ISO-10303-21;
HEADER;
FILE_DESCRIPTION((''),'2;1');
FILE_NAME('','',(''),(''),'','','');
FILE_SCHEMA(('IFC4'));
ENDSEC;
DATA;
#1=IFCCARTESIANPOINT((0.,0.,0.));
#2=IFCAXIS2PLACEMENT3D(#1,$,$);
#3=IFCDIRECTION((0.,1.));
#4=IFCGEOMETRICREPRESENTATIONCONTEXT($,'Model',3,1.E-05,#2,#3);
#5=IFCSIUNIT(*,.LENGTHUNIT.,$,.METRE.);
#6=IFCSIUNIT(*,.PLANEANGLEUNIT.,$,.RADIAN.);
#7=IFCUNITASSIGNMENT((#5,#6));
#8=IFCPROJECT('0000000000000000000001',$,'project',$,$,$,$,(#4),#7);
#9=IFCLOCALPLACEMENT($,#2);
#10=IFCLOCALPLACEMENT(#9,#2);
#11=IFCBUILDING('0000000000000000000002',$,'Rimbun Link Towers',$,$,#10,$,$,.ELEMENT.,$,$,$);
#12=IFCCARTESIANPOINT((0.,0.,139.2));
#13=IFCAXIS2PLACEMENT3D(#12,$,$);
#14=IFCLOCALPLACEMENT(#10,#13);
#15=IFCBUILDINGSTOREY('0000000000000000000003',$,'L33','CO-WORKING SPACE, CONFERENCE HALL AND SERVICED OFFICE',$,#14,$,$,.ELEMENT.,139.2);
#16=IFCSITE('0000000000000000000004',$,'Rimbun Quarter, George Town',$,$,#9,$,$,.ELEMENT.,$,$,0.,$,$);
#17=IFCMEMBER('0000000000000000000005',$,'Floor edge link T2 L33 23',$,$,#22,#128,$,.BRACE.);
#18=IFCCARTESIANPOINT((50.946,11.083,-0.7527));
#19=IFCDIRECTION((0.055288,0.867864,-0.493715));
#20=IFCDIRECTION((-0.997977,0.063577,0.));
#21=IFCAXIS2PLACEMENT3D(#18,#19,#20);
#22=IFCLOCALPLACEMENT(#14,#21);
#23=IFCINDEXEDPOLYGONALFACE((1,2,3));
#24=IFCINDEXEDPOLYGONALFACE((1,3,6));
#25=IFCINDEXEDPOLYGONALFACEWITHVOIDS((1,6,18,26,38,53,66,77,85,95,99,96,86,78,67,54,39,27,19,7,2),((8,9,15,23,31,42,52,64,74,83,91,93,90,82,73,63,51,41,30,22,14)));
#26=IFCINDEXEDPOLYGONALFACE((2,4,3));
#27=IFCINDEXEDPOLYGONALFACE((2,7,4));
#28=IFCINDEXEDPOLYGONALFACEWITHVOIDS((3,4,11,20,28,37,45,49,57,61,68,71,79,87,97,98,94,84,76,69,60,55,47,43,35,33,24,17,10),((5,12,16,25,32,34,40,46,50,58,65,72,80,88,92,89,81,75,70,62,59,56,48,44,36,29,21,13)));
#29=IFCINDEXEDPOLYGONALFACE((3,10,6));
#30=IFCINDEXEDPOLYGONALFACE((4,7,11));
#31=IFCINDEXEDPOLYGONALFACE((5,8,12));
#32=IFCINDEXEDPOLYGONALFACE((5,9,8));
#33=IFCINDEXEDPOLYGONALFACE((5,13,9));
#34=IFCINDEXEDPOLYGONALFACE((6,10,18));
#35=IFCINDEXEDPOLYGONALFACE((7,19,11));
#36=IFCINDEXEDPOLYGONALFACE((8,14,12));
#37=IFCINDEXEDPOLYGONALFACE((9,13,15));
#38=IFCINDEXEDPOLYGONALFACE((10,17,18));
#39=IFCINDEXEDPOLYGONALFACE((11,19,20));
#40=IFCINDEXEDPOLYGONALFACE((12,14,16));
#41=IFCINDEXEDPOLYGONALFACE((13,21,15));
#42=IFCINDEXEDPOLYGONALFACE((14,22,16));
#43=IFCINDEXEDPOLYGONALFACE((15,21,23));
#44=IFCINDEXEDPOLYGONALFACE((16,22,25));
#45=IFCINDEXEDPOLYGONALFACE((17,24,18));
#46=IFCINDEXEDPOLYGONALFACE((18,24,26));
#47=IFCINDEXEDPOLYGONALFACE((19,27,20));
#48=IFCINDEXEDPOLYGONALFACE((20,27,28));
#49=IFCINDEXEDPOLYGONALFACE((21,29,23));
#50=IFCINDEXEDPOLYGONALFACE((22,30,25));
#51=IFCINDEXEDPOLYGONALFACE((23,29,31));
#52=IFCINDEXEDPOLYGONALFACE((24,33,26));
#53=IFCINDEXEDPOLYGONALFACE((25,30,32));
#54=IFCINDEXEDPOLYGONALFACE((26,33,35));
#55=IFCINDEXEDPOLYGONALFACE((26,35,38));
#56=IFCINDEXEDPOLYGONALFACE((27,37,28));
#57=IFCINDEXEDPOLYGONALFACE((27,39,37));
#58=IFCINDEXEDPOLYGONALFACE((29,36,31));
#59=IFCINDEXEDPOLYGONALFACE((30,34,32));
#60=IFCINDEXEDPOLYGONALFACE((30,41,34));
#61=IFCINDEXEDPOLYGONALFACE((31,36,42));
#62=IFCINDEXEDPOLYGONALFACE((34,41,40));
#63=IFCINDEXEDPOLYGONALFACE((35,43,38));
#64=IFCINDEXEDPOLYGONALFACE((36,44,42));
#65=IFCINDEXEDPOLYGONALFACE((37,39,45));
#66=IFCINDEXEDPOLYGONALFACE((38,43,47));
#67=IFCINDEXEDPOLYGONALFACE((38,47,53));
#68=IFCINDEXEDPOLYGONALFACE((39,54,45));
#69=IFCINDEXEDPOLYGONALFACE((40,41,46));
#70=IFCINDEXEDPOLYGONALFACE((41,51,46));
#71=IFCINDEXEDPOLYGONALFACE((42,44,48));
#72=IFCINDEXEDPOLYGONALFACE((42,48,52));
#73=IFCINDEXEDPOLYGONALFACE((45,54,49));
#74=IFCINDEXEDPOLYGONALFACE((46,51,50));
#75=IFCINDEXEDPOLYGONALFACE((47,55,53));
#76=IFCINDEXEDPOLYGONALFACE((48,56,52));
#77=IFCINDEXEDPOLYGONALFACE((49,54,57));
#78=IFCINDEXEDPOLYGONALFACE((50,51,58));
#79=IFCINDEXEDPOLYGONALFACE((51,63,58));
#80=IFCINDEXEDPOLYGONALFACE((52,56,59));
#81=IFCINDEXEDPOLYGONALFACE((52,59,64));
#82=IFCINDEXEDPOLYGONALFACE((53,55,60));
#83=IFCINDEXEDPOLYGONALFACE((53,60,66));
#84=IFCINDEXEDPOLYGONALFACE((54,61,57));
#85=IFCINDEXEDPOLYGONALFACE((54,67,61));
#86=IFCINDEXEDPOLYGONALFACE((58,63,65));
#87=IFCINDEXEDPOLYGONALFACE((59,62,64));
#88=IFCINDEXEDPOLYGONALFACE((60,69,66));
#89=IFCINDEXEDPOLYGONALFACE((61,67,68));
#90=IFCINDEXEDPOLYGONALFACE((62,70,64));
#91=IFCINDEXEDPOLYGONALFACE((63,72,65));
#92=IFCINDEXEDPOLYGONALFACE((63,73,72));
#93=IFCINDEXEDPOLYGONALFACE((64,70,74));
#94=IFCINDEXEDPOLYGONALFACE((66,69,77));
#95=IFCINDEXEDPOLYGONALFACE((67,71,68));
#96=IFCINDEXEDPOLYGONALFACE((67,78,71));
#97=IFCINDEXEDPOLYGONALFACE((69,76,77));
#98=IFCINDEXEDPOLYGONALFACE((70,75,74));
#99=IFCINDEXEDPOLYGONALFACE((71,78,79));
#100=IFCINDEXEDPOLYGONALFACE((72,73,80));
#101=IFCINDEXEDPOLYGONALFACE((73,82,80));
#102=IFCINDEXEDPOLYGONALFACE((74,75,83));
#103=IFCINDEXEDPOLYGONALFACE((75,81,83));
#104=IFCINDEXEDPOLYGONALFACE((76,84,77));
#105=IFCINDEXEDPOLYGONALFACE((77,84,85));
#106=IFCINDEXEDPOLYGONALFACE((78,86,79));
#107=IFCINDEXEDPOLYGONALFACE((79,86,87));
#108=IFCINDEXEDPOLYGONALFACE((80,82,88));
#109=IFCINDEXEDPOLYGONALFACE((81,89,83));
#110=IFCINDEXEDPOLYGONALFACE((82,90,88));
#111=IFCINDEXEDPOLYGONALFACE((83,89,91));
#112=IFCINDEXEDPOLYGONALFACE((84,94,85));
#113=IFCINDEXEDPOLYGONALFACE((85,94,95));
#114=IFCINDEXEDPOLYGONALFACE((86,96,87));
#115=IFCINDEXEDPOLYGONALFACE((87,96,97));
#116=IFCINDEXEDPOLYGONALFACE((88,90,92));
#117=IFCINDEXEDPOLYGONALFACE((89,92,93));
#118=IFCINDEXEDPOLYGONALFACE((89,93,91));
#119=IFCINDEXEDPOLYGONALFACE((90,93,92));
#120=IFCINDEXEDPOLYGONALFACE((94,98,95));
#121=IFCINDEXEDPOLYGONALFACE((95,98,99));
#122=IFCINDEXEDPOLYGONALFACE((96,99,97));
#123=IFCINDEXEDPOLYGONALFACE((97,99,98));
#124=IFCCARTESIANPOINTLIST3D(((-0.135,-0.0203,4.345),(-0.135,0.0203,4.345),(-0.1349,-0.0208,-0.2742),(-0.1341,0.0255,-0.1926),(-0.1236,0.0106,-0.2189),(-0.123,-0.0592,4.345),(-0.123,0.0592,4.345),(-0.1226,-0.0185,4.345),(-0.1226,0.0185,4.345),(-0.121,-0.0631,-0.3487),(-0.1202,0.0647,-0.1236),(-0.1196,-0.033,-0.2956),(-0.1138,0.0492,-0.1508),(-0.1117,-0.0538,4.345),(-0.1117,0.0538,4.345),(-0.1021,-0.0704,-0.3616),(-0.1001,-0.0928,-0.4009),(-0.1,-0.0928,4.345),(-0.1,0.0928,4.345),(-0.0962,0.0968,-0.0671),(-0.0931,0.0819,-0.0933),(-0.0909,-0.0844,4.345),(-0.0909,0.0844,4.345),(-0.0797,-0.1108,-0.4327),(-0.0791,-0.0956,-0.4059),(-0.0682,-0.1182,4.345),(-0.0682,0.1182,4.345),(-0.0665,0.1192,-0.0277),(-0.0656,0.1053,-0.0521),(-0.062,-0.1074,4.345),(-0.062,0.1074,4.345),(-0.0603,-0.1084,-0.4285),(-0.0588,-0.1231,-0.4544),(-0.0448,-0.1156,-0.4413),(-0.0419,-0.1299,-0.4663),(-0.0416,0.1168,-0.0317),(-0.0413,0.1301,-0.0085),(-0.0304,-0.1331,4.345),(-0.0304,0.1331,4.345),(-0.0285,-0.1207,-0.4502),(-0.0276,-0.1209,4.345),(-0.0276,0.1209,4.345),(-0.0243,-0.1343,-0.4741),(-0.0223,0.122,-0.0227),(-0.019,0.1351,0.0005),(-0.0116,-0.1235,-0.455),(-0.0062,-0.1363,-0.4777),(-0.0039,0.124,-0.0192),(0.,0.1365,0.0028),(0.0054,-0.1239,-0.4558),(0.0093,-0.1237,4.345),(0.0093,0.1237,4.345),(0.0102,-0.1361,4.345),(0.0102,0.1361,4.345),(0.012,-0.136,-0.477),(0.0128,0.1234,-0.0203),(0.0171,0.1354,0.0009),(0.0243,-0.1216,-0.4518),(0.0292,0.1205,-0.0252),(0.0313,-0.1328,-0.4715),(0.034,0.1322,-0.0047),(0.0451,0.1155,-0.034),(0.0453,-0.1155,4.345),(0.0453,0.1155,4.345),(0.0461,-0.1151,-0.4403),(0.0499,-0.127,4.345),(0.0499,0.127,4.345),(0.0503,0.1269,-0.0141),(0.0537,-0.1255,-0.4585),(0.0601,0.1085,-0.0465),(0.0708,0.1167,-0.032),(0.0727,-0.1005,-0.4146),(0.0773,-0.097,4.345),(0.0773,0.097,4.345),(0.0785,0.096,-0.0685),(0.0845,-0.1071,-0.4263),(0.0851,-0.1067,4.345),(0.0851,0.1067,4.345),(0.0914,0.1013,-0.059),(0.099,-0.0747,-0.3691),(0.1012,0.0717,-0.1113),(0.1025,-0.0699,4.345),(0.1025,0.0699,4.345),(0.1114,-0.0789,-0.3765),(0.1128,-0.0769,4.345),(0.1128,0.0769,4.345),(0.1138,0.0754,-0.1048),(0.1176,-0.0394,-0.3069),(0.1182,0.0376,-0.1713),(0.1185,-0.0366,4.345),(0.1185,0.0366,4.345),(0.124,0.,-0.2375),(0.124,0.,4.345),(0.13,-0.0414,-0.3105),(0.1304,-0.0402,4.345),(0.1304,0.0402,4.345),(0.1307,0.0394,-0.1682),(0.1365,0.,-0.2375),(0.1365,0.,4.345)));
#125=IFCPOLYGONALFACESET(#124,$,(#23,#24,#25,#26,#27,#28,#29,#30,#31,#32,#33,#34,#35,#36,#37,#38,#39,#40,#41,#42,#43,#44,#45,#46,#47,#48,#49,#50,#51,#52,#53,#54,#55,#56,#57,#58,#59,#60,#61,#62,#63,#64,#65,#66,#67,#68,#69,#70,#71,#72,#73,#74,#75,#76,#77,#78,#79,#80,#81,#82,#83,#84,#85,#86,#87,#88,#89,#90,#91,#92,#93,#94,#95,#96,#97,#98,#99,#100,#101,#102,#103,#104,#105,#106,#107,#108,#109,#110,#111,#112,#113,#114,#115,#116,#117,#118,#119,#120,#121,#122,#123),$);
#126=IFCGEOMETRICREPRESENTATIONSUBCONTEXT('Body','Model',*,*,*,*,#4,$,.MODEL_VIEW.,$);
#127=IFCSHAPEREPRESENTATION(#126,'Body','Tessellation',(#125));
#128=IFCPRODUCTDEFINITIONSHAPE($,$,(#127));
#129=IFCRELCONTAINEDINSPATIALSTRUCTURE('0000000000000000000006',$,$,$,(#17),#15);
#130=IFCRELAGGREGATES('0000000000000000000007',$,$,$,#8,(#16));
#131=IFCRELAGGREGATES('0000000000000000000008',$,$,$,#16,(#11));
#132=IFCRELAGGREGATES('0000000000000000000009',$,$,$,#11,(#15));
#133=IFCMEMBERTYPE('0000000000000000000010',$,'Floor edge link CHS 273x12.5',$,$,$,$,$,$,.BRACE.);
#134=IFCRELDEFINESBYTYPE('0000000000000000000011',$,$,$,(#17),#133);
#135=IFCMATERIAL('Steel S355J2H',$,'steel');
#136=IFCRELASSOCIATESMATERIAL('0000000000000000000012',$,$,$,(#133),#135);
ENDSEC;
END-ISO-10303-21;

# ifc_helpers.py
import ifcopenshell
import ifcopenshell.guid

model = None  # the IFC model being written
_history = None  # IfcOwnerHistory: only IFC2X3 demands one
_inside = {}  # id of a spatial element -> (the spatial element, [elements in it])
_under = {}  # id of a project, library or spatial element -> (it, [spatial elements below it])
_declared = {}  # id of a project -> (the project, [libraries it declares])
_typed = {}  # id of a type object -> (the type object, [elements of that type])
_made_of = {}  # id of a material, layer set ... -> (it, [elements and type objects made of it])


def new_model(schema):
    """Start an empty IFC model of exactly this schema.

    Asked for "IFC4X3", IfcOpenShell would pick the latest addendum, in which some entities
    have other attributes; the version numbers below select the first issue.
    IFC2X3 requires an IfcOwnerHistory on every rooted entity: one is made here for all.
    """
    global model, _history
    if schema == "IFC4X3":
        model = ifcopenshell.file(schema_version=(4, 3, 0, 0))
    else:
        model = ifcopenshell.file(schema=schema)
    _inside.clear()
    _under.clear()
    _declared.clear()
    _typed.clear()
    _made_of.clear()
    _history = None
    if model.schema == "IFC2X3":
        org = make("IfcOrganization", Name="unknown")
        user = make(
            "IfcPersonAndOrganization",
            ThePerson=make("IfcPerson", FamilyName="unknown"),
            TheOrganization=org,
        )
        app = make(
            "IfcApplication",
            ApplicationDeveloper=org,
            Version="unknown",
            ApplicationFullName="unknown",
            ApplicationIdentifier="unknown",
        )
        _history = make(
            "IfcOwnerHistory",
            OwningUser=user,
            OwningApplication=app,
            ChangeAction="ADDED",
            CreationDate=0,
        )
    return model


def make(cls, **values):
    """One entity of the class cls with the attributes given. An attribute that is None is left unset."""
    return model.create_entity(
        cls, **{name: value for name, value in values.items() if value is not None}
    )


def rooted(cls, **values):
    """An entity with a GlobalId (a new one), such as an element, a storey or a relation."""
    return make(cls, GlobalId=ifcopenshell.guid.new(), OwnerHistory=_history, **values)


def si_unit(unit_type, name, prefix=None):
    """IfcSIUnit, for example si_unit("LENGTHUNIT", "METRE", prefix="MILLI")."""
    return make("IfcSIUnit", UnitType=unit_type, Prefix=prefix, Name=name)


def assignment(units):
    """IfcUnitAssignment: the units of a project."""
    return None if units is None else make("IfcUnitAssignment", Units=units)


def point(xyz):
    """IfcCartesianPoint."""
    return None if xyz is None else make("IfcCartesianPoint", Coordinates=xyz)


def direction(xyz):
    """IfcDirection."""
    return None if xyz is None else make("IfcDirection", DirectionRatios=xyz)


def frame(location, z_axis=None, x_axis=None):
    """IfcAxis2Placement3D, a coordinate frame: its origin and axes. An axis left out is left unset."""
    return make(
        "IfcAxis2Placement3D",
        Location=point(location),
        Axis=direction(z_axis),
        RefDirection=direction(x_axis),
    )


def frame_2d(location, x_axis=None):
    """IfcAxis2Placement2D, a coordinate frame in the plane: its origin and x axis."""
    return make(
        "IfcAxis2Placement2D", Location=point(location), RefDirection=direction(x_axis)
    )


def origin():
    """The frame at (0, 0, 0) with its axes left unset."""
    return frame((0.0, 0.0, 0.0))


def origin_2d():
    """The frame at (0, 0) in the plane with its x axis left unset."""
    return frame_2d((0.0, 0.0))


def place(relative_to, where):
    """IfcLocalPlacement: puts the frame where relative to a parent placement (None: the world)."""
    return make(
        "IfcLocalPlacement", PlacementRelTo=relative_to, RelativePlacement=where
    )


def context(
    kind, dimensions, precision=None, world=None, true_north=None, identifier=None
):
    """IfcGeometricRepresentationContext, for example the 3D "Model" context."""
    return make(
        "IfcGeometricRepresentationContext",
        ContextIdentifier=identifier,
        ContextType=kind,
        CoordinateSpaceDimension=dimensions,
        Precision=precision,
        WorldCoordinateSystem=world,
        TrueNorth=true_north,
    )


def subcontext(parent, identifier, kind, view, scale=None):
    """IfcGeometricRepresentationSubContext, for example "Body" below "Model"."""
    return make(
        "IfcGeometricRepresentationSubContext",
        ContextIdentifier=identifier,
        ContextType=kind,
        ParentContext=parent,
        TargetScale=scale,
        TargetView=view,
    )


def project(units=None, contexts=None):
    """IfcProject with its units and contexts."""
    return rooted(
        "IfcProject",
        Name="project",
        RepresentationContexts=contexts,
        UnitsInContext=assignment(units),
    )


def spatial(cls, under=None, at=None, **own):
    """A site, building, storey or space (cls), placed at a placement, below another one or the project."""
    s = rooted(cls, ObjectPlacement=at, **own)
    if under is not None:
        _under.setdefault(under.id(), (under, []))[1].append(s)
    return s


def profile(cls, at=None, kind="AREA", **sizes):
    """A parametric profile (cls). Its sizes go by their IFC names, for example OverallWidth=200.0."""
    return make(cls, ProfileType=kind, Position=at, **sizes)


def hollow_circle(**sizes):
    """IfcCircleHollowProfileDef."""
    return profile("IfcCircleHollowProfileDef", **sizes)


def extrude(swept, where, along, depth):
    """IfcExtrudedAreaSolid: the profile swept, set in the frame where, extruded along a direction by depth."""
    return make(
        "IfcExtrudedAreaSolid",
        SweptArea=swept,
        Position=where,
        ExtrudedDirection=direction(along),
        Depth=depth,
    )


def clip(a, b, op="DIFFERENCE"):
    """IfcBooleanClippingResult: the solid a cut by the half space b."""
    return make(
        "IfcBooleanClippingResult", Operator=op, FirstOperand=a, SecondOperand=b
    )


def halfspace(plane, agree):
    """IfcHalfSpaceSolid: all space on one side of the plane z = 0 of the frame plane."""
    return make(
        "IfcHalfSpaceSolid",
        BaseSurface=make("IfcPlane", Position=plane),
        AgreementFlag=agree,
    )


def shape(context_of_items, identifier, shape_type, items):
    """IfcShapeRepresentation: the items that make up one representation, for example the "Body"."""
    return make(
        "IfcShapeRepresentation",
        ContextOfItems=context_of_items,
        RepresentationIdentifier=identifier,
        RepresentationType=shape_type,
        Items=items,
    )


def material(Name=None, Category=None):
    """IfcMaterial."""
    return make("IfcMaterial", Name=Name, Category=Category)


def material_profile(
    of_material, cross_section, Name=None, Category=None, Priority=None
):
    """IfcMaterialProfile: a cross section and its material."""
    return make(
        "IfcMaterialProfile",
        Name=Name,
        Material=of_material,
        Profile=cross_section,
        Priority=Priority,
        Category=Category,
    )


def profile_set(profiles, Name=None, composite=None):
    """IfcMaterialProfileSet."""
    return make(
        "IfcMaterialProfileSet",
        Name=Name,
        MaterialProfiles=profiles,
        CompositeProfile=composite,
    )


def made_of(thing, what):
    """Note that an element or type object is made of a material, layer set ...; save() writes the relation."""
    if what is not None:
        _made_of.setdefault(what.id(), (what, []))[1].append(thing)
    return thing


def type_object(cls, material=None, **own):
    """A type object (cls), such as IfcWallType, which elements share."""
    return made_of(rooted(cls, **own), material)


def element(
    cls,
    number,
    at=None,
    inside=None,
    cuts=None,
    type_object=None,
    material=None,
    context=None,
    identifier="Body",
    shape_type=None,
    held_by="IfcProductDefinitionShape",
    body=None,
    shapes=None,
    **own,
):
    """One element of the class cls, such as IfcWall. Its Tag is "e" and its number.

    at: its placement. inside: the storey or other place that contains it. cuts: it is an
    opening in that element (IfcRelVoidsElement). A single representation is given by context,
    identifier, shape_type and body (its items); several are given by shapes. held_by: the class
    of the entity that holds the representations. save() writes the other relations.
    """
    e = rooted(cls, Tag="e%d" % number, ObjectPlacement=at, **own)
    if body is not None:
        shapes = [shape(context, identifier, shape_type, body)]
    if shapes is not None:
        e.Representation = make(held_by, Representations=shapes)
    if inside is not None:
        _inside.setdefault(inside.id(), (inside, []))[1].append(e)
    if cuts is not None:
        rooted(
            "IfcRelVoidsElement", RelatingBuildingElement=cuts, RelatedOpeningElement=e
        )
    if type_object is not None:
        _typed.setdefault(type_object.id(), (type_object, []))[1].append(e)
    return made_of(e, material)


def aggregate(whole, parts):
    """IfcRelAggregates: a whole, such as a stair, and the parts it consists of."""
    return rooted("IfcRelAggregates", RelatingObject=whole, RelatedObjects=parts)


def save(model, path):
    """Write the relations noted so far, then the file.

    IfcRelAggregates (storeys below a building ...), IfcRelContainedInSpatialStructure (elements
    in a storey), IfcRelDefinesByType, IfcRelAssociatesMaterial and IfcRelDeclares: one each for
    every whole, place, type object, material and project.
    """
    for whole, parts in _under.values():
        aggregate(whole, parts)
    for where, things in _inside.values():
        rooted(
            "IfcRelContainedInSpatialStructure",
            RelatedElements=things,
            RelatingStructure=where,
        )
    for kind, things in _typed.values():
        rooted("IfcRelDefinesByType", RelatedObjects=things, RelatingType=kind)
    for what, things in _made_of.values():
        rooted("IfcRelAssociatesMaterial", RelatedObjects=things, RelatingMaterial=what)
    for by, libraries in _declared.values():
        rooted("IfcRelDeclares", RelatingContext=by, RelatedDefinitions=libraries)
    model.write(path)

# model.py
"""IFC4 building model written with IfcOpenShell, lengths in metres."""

from ifc_helpers import new_model, si_unit, direction, frame, origin, origin_2d, place, context, subcontext, project, spatial, hollow_circle, extrude, clip, halfspace, material, material_profile, profile_set, type_object, element, save


model = new_model("IFC4")

# Units and contexts
model_context = context("Model", 3, precision=1e-05, world=origin(), true_north=direction((0.0, 1.0)))
body_context = subcontext(model_context, "Body", "Model", "MODEL_VIEW")
ifc_project = project(units=[si_unit("LENGTHUNIT", "METRE"), si_unit("PLANEANGLEUNIT", "RADIAN")], contexts=[model_context])

# Site, building, storey
site_placement = place(None, origin())
site = spatial("IfcSite", under=ifc_project, at=site_placement, Name="Rimbun Quarter, George Town", CompositionType="ELEMENT", RefElevation=0.0)
building_placement = place(site_placement, origin())
building = spatial("IfcBuilding", under=site, at=building_placement, Name="Rimbun Link Towers", CompositionType="ELEMENT")
storey_placement = place(building_placement, frame((0.0, 0.0, 139.2)))
storey = spatial("IfcBuildingStorey", under=building, at=storey_placement, Name="L33", Description="CO-WORKING SPACE, CONFERENCE HALL AND SERVICED OFFICE", CompositionType="ELEMENT", Elevation=139.2)

# Member
ifc_material_1 = material(Name="Steel S355J2H", Category="steel")
ifc_material_profile_1 = material_profile(ifc_material_1, hollow_circle(Radius=0.1365, WallThickness=0.0125, at=origin_2d()), Name="CHS 273x12.5")
ifc_profile_set_1 = profile_set([ifc_material_profile_1], Name="Steel S355J2H")
member_type = type_object("IfcMemberType", Name="Floor edge link CHS 273x12.5", PredefinedType="BRACE", material=ifc_profile_set_1)
member_placement = place(storey_placement, frame((50.946, 11.083, -0.7527), z_axis=(0.055288, 0.867864, -0.493715), x_axis=(-0.997977, 0.063577, 0.0)))
element("IfcMember", 1, at=member_placement, inside=storey, type_object=member_type, Name="Floor edge link T2 L33 23", PredefinedType="BRACE", context=body_context, shape_type="Clipping", body=[
    clip(extrude(hollow_circle(Radius=0.1365, WallThickness=0.0125, at=origin_2d()), frame((0.0, 0.0, -0.5012)), (0.0, 0.0, 1.0), 4.8462), halfspace(frame((0.0, 0.0, -0.2375), z_axis=(0.0, 0.869624, -0.493715)), False)),
])

save(model, "model.ifc")
